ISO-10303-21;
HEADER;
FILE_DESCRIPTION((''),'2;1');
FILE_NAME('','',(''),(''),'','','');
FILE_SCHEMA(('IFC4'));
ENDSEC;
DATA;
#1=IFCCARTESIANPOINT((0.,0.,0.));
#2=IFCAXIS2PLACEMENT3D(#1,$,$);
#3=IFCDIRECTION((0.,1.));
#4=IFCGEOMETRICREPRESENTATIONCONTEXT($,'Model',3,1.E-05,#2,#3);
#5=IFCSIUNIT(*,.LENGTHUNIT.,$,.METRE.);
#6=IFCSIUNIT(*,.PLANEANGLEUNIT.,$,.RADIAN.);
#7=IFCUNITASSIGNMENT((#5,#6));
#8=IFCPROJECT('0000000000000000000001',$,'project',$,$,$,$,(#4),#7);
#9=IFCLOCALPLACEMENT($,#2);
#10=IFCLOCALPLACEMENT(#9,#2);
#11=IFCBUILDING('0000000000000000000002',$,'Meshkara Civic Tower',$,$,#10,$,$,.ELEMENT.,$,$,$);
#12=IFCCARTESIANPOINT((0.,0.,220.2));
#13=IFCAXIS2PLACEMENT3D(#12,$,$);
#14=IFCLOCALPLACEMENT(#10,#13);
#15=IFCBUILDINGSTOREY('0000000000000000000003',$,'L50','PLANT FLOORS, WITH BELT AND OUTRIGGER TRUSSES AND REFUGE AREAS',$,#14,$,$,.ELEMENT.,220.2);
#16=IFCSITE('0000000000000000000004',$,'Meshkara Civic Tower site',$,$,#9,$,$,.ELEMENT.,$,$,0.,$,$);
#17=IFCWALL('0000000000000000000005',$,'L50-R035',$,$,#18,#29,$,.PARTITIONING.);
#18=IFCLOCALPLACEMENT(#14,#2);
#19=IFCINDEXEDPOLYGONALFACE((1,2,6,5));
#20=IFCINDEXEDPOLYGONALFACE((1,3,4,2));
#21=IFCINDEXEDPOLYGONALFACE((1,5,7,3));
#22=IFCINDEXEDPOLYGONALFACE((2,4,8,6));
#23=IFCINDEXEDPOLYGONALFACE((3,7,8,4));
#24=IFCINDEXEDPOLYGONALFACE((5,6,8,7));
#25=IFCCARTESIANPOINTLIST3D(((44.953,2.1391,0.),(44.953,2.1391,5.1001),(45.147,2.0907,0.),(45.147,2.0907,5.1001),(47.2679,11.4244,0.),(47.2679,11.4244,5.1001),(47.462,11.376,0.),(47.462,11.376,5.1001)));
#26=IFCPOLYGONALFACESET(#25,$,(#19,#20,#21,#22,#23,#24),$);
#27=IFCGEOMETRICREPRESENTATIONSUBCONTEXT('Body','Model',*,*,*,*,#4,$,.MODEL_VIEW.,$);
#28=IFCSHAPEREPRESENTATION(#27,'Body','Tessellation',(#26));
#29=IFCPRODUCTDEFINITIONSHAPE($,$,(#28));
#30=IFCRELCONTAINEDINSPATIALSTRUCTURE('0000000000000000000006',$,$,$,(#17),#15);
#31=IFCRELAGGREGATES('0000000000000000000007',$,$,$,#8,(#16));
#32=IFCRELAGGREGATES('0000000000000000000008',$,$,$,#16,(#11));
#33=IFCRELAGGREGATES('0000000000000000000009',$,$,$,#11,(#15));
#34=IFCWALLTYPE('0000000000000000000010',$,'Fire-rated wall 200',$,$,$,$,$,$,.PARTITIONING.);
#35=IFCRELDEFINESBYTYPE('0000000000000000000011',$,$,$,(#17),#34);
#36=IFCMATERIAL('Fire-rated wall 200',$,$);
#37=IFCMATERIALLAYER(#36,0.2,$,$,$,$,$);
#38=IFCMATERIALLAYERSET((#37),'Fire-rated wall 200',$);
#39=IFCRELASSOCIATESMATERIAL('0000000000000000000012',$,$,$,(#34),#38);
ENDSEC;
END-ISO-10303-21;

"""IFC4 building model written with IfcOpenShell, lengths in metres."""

from ifc_helpers import new_model, si_unit, direction, frame, frame_2d, origin, place, context, subcontext, project, spatial, rectangle, extrude, material, layer, layer_set, type_object, element, save


model = new_model("IFC4")

# Units and contexts
model_context = context("Model", 3, precision=1e-05, world=origin(), true_north=direction((0.0, 1.0)))
body_context = subcontext(model_context, "Body", "Model", "MODEL_VIEW")
ifc_project = project(units=[si_unit("LENGTHUNIT", "METRE"), si_unit("PLANEANGLEUNIT", "RADIAN")], contexts=[model_context])

# Site, building, storey
site_placement = place(None, origin())
site = spatial("IfcSite", under=ifc_project, at=site_placement, Name="Meshkara Civic Tower site", CompositionType="ELEMENT", RefElevation=0.0)
building_placement = place(site_placement, origin())
building = spatial("IfcBuilding", under=site, at=building_placement, Name="Meshkara Civic Tower", CompositionType="ELEMENT")
storey_placement = place(building_placement, frame((0.0, 0.0, 220.2)))
storey = spatial("IfcBuildingStorey", under=building, at=storey_placement, Name="L50", Description="PLANT FLOORS, WITH BELT AND OUTRIGGER TRUSSES AND REFUGE AREAS", CompositionType="ELEMENT", Elevation=220.2)

# Shared definitions
ifc_material_1 = material(Name="Fire-rated wall 200")
ifc_layer = layer(ifc_material_1, 0.2)
ifc_layer_set = layer_set([ifc_layer], Name="Fire-rated wall 200")
wall_type = type_object("IfcWallType", Name="Fire-rated wall 200", PredefinedType="PARTITIONING", material=ifc_layer_set)

# Wall
wall_1_placement = place(storey_placement, frame((45.05, 2.115, 0.0), z_axis=(0.0, 0.0, 1.0), x_axis=(0.241905, 0.9703, 0.0)))
element("IfcWall", 1, at=wall_1_placement, inside=storey, type_object=wall_type, Name="L50-R035", PredefinedType="PARTITIONING", context=body_context, shape_type="SweptSolid", body=[
    extrude(rectangle(XDim=9.5696, YDim=0.2, at=frame_2d((4.7847, 0.0))), origin(), (0.0, 0.0, 1.0), 5.1001),
])

save(model, "model.ifc")
